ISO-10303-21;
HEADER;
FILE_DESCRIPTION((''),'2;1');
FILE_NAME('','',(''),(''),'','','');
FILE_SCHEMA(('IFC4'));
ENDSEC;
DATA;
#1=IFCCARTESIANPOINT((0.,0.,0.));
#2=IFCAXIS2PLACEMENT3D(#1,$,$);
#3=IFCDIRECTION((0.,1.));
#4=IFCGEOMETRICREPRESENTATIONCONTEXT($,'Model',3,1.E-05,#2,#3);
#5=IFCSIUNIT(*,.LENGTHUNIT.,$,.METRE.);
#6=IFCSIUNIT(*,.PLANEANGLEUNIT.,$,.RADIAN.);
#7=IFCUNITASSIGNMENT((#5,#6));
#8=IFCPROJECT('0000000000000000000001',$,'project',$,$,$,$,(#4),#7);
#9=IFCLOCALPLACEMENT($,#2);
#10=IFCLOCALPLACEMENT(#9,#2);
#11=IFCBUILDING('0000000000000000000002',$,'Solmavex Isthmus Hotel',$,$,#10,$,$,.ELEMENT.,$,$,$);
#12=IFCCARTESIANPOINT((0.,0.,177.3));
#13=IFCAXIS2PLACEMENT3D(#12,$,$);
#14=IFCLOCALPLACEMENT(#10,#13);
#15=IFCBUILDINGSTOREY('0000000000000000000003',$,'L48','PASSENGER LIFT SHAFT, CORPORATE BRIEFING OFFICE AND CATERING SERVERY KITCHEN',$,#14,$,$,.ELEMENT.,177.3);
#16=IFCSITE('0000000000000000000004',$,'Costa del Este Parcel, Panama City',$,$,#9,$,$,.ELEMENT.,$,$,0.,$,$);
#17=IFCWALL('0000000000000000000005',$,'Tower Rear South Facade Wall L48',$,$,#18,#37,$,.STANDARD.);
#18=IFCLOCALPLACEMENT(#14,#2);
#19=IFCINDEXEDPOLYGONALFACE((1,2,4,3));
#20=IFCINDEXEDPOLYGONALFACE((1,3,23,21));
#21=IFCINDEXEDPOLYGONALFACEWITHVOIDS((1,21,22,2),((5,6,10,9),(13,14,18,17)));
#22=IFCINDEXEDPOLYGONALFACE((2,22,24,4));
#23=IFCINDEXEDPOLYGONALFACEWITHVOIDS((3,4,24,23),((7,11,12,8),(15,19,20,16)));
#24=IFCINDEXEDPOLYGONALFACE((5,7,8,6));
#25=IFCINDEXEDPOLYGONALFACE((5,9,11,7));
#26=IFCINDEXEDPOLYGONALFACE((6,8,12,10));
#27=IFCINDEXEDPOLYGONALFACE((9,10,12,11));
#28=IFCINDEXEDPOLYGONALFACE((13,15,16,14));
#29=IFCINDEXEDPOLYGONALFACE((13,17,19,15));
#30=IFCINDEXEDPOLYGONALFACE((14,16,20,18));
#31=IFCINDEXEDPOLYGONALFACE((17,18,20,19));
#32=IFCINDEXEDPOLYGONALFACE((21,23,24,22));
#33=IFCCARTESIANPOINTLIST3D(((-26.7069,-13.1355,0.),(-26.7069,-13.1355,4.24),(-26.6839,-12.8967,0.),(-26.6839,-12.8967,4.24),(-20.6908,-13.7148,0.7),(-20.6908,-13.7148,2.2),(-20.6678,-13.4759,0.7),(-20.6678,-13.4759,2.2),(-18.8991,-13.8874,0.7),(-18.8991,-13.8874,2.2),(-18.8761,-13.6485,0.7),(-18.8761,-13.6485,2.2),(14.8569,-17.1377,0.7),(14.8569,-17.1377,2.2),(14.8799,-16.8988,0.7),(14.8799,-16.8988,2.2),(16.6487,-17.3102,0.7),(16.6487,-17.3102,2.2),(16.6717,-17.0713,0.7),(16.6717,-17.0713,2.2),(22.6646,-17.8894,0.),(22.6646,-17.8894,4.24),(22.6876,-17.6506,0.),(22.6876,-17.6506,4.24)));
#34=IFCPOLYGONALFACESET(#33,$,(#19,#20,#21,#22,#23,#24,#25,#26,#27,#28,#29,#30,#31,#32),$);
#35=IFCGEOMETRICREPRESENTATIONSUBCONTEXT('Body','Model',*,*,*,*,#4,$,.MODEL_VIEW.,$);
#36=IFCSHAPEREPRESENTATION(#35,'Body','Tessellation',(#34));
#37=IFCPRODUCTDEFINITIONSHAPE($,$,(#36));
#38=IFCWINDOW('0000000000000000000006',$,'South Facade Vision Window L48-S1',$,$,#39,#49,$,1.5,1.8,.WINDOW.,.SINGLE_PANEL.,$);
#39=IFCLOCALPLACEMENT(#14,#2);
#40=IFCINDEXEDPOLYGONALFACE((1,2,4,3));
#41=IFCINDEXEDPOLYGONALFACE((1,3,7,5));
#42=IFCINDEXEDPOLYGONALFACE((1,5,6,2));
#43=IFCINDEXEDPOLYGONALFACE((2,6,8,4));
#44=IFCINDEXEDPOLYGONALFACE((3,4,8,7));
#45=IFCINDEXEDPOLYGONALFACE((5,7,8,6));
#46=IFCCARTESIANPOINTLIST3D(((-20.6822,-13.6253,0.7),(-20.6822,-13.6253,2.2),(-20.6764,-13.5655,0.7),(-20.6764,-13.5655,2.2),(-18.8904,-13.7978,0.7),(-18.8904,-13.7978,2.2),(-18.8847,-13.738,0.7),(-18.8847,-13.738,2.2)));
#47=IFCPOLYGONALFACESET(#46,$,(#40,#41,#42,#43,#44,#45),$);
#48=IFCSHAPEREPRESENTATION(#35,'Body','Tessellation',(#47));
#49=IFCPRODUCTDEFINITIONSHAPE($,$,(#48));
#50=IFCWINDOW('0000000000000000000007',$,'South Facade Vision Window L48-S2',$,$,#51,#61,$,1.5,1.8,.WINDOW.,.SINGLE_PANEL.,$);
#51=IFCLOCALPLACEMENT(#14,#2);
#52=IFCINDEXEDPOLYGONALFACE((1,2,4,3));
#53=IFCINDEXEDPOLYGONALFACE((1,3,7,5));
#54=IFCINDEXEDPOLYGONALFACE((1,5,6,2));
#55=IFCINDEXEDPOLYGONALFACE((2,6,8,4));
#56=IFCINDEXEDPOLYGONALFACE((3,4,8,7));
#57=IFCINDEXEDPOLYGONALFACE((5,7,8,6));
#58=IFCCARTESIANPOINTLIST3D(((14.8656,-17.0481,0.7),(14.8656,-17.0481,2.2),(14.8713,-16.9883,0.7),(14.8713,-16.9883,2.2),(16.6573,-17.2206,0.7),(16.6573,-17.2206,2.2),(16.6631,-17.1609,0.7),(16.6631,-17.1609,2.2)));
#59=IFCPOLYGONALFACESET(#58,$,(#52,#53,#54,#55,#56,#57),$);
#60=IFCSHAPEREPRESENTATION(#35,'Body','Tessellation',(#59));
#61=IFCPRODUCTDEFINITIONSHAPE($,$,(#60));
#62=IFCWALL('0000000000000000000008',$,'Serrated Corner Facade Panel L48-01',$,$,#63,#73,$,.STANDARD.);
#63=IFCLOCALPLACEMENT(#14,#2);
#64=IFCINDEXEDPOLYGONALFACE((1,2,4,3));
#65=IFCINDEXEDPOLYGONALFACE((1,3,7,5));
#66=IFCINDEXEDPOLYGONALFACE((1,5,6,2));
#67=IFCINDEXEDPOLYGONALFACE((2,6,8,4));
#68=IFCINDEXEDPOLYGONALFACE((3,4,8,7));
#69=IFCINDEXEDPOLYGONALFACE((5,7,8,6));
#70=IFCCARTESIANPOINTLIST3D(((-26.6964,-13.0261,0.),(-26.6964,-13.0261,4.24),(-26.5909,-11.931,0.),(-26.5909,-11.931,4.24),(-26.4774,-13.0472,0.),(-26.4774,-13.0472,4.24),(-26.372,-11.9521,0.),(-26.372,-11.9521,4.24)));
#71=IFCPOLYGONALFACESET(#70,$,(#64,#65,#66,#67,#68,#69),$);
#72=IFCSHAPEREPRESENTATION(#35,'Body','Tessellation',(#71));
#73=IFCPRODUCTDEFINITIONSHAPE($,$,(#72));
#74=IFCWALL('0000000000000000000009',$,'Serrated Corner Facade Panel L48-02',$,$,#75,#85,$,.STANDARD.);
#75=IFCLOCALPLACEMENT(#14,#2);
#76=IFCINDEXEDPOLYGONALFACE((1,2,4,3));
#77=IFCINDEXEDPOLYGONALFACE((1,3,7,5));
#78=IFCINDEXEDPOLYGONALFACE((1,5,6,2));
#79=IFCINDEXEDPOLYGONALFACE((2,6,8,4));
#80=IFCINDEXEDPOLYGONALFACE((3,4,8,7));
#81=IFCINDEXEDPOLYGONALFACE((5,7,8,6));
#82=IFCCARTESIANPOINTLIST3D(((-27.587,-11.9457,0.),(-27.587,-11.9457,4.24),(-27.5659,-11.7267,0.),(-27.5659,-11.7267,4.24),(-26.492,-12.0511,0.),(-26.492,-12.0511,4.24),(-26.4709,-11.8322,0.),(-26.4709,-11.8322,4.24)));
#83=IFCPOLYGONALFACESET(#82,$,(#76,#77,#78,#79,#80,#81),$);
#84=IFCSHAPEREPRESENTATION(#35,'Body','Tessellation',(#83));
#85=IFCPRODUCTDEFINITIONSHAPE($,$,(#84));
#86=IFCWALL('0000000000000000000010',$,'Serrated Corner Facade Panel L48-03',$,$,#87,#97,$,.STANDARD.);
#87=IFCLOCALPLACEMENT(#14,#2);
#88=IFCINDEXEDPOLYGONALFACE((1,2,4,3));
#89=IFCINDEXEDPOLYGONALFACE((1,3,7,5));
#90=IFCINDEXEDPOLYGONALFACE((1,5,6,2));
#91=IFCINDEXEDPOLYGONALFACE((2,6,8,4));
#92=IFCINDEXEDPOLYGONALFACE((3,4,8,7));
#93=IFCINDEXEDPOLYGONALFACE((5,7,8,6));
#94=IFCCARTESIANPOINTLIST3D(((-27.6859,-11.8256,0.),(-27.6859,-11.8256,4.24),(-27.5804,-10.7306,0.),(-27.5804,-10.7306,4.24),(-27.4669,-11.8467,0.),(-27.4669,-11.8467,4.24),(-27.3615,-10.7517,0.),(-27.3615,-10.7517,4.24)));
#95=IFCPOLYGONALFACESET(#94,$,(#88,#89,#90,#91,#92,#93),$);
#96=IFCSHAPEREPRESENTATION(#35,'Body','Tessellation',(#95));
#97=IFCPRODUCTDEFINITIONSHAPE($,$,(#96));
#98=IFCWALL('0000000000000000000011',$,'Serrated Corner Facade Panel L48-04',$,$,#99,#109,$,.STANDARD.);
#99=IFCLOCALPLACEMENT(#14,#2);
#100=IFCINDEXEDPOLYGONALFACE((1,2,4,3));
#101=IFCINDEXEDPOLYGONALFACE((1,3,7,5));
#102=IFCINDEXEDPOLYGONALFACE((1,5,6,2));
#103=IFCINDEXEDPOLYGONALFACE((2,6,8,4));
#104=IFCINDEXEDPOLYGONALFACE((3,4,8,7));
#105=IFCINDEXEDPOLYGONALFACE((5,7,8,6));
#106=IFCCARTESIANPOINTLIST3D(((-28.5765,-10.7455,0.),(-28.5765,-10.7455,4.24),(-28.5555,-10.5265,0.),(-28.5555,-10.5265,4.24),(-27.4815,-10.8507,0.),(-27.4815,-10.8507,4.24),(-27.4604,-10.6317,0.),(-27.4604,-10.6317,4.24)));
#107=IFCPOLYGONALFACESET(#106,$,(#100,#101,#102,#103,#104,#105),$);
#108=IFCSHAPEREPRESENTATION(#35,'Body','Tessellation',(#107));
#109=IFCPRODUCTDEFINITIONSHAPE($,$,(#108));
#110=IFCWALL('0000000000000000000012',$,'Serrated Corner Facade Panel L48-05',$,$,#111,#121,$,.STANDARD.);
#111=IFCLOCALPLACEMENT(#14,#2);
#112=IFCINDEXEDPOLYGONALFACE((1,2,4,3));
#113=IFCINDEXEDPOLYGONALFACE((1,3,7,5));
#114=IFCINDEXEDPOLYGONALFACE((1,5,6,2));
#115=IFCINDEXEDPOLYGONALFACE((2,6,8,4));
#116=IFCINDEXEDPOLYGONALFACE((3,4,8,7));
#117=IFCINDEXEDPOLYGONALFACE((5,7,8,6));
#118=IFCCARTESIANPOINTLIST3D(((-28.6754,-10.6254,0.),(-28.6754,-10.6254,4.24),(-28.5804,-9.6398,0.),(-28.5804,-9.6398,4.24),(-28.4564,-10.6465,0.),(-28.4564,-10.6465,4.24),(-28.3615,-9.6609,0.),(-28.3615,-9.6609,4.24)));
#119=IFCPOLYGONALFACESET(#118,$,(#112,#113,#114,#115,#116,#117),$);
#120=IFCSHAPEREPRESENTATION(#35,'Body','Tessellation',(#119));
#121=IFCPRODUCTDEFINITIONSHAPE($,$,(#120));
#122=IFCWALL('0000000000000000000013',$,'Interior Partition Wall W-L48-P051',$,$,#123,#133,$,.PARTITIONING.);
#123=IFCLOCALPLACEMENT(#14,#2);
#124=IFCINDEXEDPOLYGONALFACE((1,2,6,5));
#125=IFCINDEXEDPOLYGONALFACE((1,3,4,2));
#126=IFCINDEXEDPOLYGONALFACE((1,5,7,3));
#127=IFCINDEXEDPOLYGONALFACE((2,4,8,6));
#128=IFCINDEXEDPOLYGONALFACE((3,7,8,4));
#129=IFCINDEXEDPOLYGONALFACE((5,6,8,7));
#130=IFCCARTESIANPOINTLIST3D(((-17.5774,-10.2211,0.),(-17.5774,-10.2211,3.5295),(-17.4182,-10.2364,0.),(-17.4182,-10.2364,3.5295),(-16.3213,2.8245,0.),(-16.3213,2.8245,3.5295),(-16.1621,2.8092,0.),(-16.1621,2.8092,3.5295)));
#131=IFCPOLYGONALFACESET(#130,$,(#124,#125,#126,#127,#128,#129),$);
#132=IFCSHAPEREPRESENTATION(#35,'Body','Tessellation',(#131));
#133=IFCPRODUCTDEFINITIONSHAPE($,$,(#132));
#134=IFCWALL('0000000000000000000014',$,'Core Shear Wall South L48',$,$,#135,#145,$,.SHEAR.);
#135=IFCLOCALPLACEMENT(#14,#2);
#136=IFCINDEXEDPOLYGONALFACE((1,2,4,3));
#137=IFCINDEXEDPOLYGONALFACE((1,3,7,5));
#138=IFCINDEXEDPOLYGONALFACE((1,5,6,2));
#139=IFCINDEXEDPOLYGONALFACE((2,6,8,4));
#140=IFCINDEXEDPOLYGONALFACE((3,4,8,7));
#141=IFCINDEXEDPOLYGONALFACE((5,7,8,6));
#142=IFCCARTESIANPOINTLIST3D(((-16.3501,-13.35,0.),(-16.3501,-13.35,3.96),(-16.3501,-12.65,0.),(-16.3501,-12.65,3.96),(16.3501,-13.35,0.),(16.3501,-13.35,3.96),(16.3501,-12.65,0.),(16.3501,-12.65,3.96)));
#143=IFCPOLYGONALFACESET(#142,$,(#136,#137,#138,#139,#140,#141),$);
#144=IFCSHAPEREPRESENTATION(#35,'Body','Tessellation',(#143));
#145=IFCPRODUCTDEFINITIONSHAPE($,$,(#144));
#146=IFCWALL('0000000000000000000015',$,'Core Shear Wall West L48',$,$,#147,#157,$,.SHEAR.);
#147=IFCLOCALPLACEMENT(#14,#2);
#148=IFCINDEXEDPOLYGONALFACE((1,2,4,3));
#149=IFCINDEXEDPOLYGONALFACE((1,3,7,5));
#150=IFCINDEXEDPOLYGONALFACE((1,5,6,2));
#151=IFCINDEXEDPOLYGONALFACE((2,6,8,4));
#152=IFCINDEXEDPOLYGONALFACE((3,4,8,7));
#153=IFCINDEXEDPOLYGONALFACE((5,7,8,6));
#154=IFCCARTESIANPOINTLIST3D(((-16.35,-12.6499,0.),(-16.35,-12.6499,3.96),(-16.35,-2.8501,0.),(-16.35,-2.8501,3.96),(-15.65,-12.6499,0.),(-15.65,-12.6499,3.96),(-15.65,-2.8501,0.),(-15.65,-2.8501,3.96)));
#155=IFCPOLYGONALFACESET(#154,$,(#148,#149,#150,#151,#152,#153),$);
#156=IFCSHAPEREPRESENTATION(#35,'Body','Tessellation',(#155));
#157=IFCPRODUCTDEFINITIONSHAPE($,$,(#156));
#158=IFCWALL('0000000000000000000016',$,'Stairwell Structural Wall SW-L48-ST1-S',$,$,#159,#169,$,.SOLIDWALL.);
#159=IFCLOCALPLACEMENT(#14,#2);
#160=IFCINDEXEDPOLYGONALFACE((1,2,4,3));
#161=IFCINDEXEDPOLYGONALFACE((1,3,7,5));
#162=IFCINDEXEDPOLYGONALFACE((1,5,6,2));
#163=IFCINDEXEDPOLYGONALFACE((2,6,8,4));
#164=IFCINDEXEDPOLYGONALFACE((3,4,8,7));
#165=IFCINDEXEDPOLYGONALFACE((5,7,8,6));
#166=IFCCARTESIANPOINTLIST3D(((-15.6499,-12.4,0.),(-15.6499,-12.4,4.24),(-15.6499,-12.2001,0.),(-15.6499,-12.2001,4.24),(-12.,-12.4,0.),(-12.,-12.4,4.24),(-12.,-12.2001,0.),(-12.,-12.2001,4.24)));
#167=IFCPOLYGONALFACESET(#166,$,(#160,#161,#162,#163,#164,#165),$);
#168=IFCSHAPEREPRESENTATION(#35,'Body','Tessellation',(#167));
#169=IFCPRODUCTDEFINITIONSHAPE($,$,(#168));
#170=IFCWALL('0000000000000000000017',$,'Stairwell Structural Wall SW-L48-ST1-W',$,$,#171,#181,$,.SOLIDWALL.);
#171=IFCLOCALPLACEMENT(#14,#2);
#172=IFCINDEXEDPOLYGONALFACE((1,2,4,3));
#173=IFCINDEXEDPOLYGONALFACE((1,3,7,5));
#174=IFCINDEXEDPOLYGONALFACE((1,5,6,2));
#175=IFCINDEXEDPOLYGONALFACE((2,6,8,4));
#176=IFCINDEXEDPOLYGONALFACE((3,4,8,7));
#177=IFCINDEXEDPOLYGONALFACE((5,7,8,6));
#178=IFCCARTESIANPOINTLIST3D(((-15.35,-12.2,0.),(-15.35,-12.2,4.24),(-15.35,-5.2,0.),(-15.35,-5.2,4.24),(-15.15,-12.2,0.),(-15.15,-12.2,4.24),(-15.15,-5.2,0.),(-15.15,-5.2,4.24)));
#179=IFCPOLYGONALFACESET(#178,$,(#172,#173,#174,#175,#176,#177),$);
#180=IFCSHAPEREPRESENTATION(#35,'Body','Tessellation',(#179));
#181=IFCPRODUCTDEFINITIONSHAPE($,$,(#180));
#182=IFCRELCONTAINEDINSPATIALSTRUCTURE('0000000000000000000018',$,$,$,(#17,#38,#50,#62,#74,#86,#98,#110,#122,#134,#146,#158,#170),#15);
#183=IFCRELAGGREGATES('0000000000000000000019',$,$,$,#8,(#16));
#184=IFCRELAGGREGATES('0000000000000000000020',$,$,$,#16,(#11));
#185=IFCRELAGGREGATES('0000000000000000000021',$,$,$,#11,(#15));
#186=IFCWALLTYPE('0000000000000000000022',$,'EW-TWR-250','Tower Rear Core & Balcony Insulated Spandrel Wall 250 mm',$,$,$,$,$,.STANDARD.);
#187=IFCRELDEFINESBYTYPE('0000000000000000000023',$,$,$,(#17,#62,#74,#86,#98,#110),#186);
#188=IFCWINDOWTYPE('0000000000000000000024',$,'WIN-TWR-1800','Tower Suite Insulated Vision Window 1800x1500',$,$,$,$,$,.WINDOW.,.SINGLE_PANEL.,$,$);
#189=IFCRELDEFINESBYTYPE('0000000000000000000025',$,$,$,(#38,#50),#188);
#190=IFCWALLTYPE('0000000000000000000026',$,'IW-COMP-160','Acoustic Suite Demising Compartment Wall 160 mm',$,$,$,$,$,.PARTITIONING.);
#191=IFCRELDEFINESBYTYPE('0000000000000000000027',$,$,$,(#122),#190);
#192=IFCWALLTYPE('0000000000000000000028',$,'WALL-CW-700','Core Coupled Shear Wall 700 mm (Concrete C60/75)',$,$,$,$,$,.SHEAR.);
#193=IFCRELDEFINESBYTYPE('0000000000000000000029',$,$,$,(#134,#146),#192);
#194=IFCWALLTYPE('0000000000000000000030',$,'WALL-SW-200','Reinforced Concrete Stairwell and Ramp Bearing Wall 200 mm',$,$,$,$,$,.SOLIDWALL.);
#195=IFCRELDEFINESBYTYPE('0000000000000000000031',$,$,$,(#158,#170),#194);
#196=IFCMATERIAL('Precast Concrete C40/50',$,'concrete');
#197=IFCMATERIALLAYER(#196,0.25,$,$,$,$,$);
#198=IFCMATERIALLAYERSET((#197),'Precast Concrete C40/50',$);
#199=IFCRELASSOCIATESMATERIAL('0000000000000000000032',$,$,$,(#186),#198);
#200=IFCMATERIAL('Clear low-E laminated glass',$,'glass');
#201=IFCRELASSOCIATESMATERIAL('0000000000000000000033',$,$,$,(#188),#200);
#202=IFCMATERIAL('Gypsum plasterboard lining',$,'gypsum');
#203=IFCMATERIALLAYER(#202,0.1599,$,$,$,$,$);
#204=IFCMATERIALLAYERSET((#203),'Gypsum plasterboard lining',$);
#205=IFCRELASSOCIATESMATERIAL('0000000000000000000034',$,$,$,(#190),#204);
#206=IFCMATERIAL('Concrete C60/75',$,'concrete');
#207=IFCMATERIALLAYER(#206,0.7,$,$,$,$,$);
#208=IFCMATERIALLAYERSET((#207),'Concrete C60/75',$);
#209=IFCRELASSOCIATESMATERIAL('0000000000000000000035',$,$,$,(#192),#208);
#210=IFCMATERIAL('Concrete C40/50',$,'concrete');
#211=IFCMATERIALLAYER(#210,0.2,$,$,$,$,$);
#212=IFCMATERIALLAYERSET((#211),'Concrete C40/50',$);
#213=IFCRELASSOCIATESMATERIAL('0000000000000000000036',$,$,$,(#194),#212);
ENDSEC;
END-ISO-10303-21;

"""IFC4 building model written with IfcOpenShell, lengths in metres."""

from ifc_helpers import new_model, si_unit, direction, frame, frame_2d, origin, place, context, subcontext, project, spatial, rectangle, extrude, material, layer, layer_set, type_object, element, fill, save


model = new_model("IFC4")

# Units and contexts
model_context = context("Model", 3, precision=1e-05, world=origin(), true_north=direction((0.0, 1.0)))
body_context = subcontext(model_context, "Body", "Model", "MODEL_VIEW")
ifc_project = project(units=[si_unit("LENGTHUNIT", "METRE"), si_unit("PLANEANGLEUNIT", "RADIAN")], contexts=[model_context])

# Site, building, storey
site_placement = place(None, origin())
site = spatial("IfcSite", under=ifc_project, at=site_placement, Name="Costa del Este Parcel, Panama City", CompositionType="ELEMENT", RefElevation=0.0)
building_placement = place(site_placement, origin())
building = spatial("IfcBuilding", under=site, at=building_placement, Name="Solmavex Isthmus Hotel", CompositionType="ELEMENT")
storey_placement = place(building_placement, frame((0.0, 0.0, 177.3)))
storey = spatial("IfcBuildingStorey", under=building, at=storey_placement, Name="L48", Description="PASSENGER LIFT SHAFT, CORPORATE BRIEFING OFFICE AND CATERING SERVERY KITCHEN", CompositionType="ELEMENT", Elevation=177.3)

# Shared definitions
ifc_material_1 = material(Name="Concrete C60/75", Category="concrete")

# Wall, openings, windows
ifc_material_2 = material(Name="Precast Concrete C40/50", Category="concrete")
ifc_layer_1 = layer(ifc_material_2, 0.25)
ifc_layer_set_1 = layer_set([ifc_layer_1], Name="Precast Concrete C40/50")
wall_type_1 = type_object("IfcWallType", Name="EW-TWR-250", Description="Tower Rear Core & Balcony Insulated Spandrel Wall 250 mm", PredefinedType="STANDARD", material=ifc_layer_set_1)
wall_1_placement = place(storey_placement, frame((-26.6953, -13.0161, 0.0), z_axis=(0.0, 0.0, 1.0), x_axis=(0.995396, -0.095845, 0.0)))
wall_1 = element("IfcWall", 1, at=wall_1_placement, inside=storey, type_object=wall_type_1, Name="Tower Rear South Facade Wall L48", PredefinedType="STANDARD", context=body_context, shape_type="SweptSolid", body=[
    extrude(rectangle(XDim=49.5999, YDim=0.24, at=frame_2d((24.7998, 0.0))), origin(), (0.0, 0.0, 1.0), 4.24),
])
opening_1_placement = place(wall_1_placement, frame((6.0439, 0.0, 0.7)))
opening_1 = element("IfcOpeningElement", 2, at=opening_1_placement, cuts=wall_1, PredefinedType="OPENING", context=body_context, shape_type="SweptSolid", body=[
    extrude(rectangle(XDim=1.8, YDim=1.5, at=frame_2d((0.8999, 0.75))), frame((0.0, 0.1299, 0.0), z_axis=(0.0, -1.0, 0.0), x_axis=(1.0, 0.0, 0.0)), (0.0, 0.0, 1.0), 0.26),
])
opening_2_placement = place(wall_1_placement, frame((41.7561, 0.0, 0.7)))
opening_2 = element("IfcOpeningElement", 3, at=opening_2_placement, cuts=wall_1, PredefinedType="OPENING", context=body_context, shape_type="SweptSolid", body=[
    extrude(rectangle(XDim=1.8, YDim=1.5, at=frame_2d((0.8999, 0.75))), frame((0.0, 0.1299, 0.0), z_axis=(0.0, -1.0, 0.0), x_axis=(1.0, 0.0, 0.0)), (0.0, 0.0, 1.0), 0.26),
])
ifc_material_3 = material(Name="Clear low-E laminated glass", Category="glass")
window_type = type_object("IfcWindowType", Name="WIN-TWR-1800", Description="Tower Suite Insulated Vision Window 1800x1500", PartitioningType="SINGLE_PANEL", PredefinedType="WINDOW", material=ifc_material_3)
window_1_placement = place(opening_1_placement, origin())
window_1 = element("IfcWindow", 4, at=window_1_placement, inside=storey, type_object=window_type, Name="South Facade Vision Window L48-S1", OverallHeight=1.5, OverallWidth=1.8, PartitioningType="SINGLE_PANEL", PredefinedType="WINDOW", context=body_context, shape_type="SweptSolid", body=[
    extrude(rectangle(XDim=1.8, YDim=1.5, at=frame_2d((0.8999, 0.75))), frame((0.0, 0.03, 0.0), z_axis=(0.0, -1.0, 0.0), x_axis=(1.0, 0.0, 0.0)), (0.0, 0.0, 1.0), 0.0601),
])
fill(opening_1, window_1)
window_2_placement = place(opening_2_placement, origin())
window_2 = element("IfcWindow", 5, at=window_2_placement, inside=storey, type_object=window_type, Name="South Facade Vision Window L48-S2", OverallHeight=1.5, OverallWidth=1.8, PartitioningType="SINGLE_PANEL", PredefinedType="WINDOW", context=body_context, shape_type="SweptSolid", body=[
    extrude(rectangle(XDim=1.8, YDim=1.5, at=frame_2d((0.8999, 0.75))), frame((0.0, 0.03, 0.0), z_axis=(0.0, -1.0, 0.0), x_axis=(1.0, 0.0, 0.0)), (0.0, 0.0, 1.0), 0.0601),
])
fill(opening_2, window_2)

# Walls
for number, where, z_axis, x_axis, name in (
    (6, (-26.5869, -13.0366, 0.0), (0.0, 0.0, 1.0), (0.095877, 0.995393, 0.0), "Serrated Corner Facade Panel L48-01"),
    (7, (-26.4814, -11.9417, 0.0), (0.0, 0.0, 1.0), (-0.995393, 0.095877, 0.0), "Serrated Corner Facade Panel L48-02"),
    (8, (-27.5764, -11.8362, 0.0), (0.0, 0.0, 1.0), (0.095877, 0.995393, 0.0), "Serrated Corner Facade Panel L48-03"),
    (9, (-27.4709, -10.7412, 0.0), (0.0, 0.0, 1.0), (-0.995414, 0.095657, 0.0), "Serrated Corner Facade Panel L48-04"),
):
    element("IfcWall", number, at=place(storey_placement, frame(where, z_axis=z_axis, x_axis=x_axis)), inside=storey, type_object=wall_type_1, Name=name, PredefinedType="STANDARD", context=body_context, shape_type="SweptSolid", body=[
        extrude(rectangle(XDim=1.1001, YDim=0.22, at=frame_2d((0.55, 0.0))), origin(), (0.0, 0.0, 1.0), 4.24),
    ])
wall_2_placement = place(storey_placement, frame((-28.5659, -10.636, 0.0), z_axis=(0.0, 0.0, 1.0), x_axis=(0.095914, 0.99539, 0.0)))
element("IfcWall", 10, at=wall_2_placement, inside=storey, type_object=wall_type_1, Name="Serrated Corner Facade Panel L48-05", PredefinedType="STANDARD", context=body_context, shape_type="SweptSolid", body=[
    extrude(rectangle(XDim=0.9902, YDim=0.22, at=frame_2d((0.4951, 0.0))), origin(), (0.0, 0.0, 1.0), 4.24),
])
ifc_material_4 = material(Name="Gypsum plasterboard lining", Category="gypsum")
ifc_layer_2 = layer(ifc_material_4, 0.1599)
ifc_layer_set_2 = layer_set([ifc_layer_2], Name="Gypsum plasterboard lining")
wall_type_2 = type_object("IfcWallType", Name="IW-COMP-160", Description="Acoustic Suite Demising Compartment Wall 160 mm", PredefinedType="PARTITIONING", material=ifc_layer_set_2)
wall_3_placement = place(storey_placement, frame((-17.4978, -10.2288, 0.0), z_axis=(0.0, 0.0, 1.0), x_axis=(0.095842, 0.995397, 0.0)))
element("IfcWall", 11, at=wall_3_placement, inside=storey, type_object=wall_type_2, Name="Interior Partition Wall W-L48-P051", PredefinedType="PARTITIONING", context=body_context, shape_type="SweptSolid", body=[
    extrude(rectangle(XDim=13.106, YDim=0.1599, at=frame_2d((6.553, 0.0))), origin(), (0.0, 0.0, 1.0), 3.5295),
])
ifc_layer_3 = layer(ifc_material_1, 0.7)
ifc_layer_set_3 = layer_set([ifc_layer_3], Name="Concrete C60/75")
wall_type_3 = type_object("IfcWallType", Name="WALL-CW-700", Description="Core Coupled Shear Wall 700 mm (Concrete C60/75)", PredefinedType="SHEAR", material=ifc_layer_set_3)
wall_4_placement = place(storey_placement, frame((-16.3501, -13.0, 0.0), z_axis=(0.0, 0.0, 1.0), x_axis=(1.0, 0.0, 0.0)))
element("IfcWall", 12, at=wall_4_placement, inside=storey, type_object=wall_type_3, Name="Core Shear Wall South L48", PredefinedType="SHEAR", context=body_context, shape_type="SweptSolid", body=[
    extrude(rectangle(XDim=32.7002, YDim=0.7, at=frame_2d((16.3501, 0.0))), origin(), (0.0, 0.0, 1.0), 3.96),
])
wall_5_placement = place(storey_placement, frame((-16.0, -12.6499, 0.0), z_axis=(0.0, 0.0, 1.0), x_axis=(0.0, 1.0, 0.0)))
element("IfcWall", 13, at=wall_5_placement, inside=storey, type_object=wall_type_3, Name="Core Shear Wall West L48", PredefinedType="SHEAR", context=body_context, shape_type="SweptSolid", body=[
    extrude(rectangle(XDim=9.7998, YDim=0.7, at=frame_2d((4.8999, 0.0))), origin(), (0.0, 0.0, 1.0), 3.96),
])
ifc_material_5 = material(Name="Concrete C40/50", Category="concrete")
ifc_layer_4 = layer(ifc_material_5, 0.2)
ifc_layer_set_4 = layer_set([ifc_layer_4], Name="Concrete C40/50")
wall_type_4 = type_object("IfcWallType", Name="WALL-SW-200", Description="Reinforced Concrete Stairwell and Ramp Bearing Wall 200 mm", PredefinedType="SOLIDWALL", material=ifc_layer_set_4)
wall_6_placement = place(storey_placement, frame((-15.6499, -12.3, 0.0), z_axis=(0.0, 0.0, 1.0), x_axis=(1.0, 0.0, 0.0)))
element("IfcWall", 14, at=wall_6_placement, inside=storey, type_object=wall_type_4, Name="Stairwell Structural Wall SW-L48-ST1-S", PredefinedType="SOLIDWALL", context=body_context, shape_type="SweptSolid", body=[
    extrude(rectangle(XDim=3.6499, YDim=0.2, at=frame_2d((1.825, 0.0))), origin(), (0.0, 0.0, 1.0), 4.24),
])
wall_7_placement = place(storey_placement, frame((-15.25, -12.2, 0.0), z_axis=(0.0, 0.0, 1.0), x_axis=(0.0, 1.0, 0.0)))
element("IfcWall", 15, at=wall_7_placement, inside=storey, type_object=wall_type_4, Name="Stairwell Structural Wall SW-L48-ST1-W", PredefinedType="SOLIDWALL", context=body_context, shape_type="SweptSolid", body=[
    extrude(rectangle(XDim=7.0, YDim=0.2, at=frame_2d((3.5, 0.0))), origin(), (0.0, 0.0, 1.0), 4.24),
])

save(model, "model.ifc")
